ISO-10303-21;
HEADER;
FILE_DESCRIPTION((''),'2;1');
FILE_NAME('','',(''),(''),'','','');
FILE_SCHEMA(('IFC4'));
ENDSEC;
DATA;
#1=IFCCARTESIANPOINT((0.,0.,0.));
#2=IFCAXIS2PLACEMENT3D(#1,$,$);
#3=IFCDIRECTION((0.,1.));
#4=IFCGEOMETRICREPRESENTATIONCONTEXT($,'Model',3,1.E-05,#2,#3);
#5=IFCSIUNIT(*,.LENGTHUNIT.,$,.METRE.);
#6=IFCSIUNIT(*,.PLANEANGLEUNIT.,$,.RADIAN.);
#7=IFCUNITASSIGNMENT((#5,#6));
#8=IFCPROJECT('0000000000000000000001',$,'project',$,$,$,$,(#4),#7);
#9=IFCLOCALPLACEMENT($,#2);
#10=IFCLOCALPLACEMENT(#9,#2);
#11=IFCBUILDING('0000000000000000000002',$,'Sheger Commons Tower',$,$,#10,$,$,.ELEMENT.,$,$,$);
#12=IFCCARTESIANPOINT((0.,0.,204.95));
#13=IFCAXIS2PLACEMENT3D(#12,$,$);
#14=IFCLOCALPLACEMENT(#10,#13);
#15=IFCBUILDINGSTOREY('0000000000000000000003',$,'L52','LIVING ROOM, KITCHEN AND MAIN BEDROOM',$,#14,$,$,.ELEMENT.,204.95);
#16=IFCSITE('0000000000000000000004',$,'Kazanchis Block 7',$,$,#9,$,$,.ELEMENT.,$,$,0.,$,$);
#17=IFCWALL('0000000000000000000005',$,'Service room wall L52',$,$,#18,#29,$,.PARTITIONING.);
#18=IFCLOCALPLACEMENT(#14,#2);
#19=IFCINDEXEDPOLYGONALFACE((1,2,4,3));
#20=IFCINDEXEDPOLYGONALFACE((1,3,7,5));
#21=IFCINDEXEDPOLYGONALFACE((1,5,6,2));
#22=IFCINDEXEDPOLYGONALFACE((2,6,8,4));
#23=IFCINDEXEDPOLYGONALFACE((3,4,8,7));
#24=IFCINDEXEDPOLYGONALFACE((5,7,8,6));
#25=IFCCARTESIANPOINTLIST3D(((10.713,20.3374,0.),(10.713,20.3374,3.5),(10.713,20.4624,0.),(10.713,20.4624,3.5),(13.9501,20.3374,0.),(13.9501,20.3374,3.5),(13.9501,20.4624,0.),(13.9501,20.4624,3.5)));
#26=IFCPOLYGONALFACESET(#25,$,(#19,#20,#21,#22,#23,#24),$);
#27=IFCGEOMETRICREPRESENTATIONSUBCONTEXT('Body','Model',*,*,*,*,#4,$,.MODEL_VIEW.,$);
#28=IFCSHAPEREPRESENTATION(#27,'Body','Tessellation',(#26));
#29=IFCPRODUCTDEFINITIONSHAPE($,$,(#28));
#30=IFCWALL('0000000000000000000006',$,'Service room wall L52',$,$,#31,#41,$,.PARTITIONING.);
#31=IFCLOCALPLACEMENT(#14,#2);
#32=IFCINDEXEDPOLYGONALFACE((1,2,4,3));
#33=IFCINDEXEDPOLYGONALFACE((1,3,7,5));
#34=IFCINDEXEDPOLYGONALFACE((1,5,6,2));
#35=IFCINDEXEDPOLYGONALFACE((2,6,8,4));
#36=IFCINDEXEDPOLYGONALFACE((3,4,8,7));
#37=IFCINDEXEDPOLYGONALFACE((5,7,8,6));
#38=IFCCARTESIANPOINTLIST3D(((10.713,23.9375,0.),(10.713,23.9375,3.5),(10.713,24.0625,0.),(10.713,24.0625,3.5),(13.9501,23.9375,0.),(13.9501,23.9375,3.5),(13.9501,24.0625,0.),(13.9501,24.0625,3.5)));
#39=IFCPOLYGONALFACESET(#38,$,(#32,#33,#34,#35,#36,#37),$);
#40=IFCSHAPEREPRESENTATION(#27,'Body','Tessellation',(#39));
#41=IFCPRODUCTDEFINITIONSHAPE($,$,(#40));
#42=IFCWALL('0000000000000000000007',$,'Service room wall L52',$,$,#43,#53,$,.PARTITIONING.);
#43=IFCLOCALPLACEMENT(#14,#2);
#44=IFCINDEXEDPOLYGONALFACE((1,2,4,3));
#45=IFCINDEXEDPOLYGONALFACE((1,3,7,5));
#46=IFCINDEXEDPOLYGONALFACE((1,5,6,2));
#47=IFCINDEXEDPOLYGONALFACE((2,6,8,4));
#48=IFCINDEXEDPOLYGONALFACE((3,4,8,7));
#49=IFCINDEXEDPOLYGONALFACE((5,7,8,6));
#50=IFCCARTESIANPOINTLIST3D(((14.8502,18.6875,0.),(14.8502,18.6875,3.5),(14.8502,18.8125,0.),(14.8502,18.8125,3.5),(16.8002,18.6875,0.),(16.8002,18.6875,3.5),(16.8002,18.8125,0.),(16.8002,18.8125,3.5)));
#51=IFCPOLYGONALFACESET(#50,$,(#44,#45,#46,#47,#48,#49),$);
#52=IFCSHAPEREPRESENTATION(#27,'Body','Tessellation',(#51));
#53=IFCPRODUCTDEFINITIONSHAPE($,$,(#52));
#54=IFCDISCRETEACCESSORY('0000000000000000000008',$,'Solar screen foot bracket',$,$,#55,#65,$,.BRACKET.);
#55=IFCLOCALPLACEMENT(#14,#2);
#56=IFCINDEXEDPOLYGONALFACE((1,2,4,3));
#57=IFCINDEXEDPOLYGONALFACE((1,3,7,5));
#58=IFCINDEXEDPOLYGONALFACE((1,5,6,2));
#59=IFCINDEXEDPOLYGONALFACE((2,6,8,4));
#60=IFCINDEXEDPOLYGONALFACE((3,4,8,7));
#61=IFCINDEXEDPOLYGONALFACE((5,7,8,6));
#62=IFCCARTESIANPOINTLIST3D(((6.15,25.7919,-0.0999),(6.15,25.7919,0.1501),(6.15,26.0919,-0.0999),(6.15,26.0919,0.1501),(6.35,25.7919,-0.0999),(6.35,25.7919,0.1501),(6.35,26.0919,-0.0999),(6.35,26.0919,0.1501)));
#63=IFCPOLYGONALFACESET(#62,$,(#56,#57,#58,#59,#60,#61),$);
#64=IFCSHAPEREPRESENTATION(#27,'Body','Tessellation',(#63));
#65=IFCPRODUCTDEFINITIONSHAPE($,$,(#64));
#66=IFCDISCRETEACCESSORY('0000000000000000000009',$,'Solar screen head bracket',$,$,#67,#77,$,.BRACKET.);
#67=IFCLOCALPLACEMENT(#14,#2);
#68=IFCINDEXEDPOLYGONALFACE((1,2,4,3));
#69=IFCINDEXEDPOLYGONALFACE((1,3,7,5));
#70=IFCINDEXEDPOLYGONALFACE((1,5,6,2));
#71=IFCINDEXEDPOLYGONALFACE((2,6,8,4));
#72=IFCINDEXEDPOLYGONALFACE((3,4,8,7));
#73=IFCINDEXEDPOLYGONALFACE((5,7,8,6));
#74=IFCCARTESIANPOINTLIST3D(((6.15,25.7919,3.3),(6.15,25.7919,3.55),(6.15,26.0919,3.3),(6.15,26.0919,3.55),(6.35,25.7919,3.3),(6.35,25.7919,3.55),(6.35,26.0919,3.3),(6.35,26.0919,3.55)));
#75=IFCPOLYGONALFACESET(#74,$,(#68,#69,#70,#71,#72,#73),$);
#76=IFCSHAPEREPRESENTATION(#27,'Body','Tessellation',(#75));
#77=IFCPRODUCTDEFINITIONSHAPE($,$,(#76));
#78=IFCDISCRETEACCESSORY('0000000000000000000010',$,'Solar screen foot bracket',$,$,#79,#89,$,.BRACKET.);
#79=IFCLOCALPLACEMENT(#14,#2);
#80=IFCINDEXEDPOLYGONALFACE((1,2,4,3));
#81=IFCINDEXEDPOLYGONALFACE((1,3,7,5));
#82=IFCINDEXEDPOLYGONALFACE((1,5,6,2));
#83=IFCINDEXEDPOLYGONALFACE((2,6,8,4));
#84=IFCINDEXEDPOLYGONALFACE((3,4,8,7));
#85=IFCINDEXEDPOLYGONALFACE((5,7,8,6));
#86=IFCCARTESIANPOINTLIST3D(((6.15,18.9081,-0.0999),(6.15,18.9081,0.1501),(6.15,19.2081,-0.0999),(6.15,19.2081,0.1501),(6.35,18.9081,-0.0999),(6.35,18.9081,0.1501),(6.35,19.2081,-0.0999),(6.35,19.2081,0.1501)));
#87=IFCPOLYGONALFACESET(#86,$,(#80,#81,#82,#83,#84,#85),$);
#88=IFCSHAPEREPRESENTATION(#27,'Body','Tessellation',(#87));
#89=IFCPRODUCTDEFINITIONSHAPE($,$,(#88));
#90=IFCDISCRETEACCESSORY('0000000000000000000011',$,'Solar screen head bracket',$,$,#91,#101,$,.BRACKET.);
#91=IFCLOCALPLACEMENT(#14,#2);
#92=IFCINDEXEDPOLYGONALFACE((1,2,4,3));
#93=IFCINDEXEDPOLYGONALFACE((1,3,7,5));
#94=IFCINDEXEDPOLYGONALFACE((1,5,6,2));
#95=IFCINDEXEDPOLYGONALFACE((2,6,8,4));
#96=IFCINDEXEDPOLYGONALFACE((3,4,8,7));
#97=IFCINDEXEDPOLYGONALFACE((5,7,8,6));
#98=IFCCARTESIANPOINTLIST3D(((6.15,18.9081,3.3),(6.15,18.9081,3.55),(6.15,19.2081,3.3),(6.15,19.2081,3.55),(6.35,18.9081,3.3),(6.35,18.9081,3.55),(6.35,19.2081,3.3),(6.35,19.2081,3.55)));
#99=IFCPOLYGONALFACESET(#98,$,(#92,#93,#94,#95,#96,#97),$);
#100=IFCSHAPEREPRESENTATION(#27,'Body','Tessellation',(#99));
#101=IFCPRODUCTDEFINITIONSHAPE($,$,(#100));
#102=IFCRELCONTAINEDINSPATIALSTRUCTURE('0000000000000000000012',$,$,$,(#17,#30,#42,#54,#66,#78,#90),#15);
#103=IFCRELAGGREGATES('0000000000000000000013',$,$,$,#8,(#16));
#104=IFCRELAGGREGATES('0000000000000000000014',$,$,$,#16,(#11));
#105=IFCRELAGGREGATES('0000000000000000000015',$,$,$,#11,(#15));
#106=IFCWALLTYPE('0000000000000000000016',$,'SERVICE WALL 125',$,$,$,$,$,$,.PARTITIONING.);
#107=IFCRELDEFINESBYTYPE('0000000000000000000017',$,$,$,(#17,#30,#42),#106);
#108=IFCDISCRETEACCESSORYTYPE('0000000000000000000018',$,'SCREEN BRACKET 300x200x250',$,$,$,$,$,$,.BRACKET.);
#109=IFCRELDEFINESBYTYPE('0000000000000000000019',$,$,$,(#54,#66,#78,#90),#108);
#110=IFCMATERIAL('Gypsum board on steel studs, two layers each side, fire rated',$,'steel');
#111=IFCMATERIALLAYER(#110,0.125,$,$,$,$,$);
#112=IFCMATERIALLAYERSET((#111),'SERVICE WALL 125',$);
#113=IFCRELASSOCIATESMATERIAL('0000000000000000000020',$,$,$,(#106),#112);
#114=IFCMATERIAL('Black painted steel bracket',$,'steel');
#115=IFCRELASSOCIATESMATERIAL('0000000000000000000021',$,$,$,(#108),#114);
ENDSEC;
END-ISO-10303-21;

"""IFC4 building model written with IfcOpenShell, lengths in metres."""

from ifc_helpers import new_model, si_unit, direction, frame, frame_2d, origin, origin_2d, place, context, subcontext, project, spatial, rectangle, extrude, material, layer, layer_set, type_object, element, save


model = new_model("IFC4")

# Units and contexts
model_context = context("Model", 3, precision=1e-05, world=origin(), true_north=direction((0.0, 1.0)))
body_context = subcontext(model_context, "Body", "Model", "MODEL_VIEW")
ifc_project = project(units=[si_unit("LENGTHUNIT", "METRE"), si_unit("PLANEANGLEUNIT", "RADIAN")], contexts=[model_context])

# Site, building, storey
site_placement = place(None, origin())
site = spatial("IfcSite", under=ifc_project, at=site_placement, Name="Kazanchis Block 7", CompositionType="ELEMENT", RefElevation=0.0)
building_placement = place(site_placement, origin())
building = spatial("IfcBuilding", under=site, at=building_placement, Name="Sheger Commons Tower", CompositionType="ELEMENT")
storey_placement = place(building_placement, frame((0.0, 0.0, 204.95)))
storey = spatial("IfcBuildingStorey", under=building, at=storey_placement, Name="L52", Description="LIVING ROOM, KITCHEN AND MAIN BEDROOM", CompositionType="ELEMENT", Elevation=204.95)

# Walls
ifc_material_1 = material(Name="Gypsum board on steel studs, two layers each side, fire rated", Category="steel")
ifc_layer_1 = layer(ifc_material_1, 0.125)
ifc_layer_set_1 = layer_set([ifc_layer_1], Name="SERVICE WALL 125")
wall_type_1 = type_object("IfcWallType", Name="SERVICE WALL 125", PredefinedType="PARTITIONING", material=ifc_layer_set_1)
for number, where, z_axis, x_axis, name in (
    (1, (10.7129, 20.3999, 0.0), (0.0, 0.0, 1.0), (1.0, 0.0, 0.0), "Service room wall L52"),
    (2, (10.7129, 24.0, 0.0), (0.0, 0.0, 1.0), (1.0, 0.0, 0.0), "Service room wall L52"),
):
    element("IfcWall", number, at=place(storey_placement, frame(where, z_axis=z_axis, x_axis=x_axis)), inside=storey, type_object=wall_type_1, Name=name, PredefinedType="PARTITIONING", context=body_context, shape_type="SweptSolid", body=[
        extrude(rectangle(XDim=3.2371, YDim=0.125, at=frame_2d((1.6187, 0.0))), origin(), (0.0, 0.0, 1.0), 3.5),
    ])
wall_1_placement = place(storey_placement, frame((14.8501, 18.75, 0.0), z_axis=(0.0, 0.0, 1.0), x_axis=(1.0, 0.0, 0.0)))
element("IfcWall", 3, at=wall_1_placement, inside=storey, type_object=wall_type_1, Name="Service room wall L52", PredefinedType="PARTITIONING", context=body_context, shape_type="SweptSolid", body=[
    extrude(rectangle(XDim=1.95, YDim=0.125, at=frame_2d((0.9751, 0.0))), origin(), (0.0, 0.0, 1.0), 3.5),
])

# Discrete accessories
ifc_material_2 = material(Name="Black painted steel bracket", Category="steel")
discrete_accessory_type = type_object("IfcDiscreteAccessoryType", Name="SCREEN BRACKET 300x200x250", PredefinedType="BRACKET", material=ifc_material_2)
for number, where, z_axis, x_axis, name in (
    (4, (6.25, 25.9419, -0.0999), (0.0, 0.0, 1.0), (0.0, -1.0, 0.0), "Solar screen foot bracket"),
    (5, (6.25, 25.9419, 3.3), (0.0, 0.0, 1.0), (0.0, -1.0, 0.0), "Solar screen head bracket"),
    (6, (6.25, 19.0581, -0.0999), (0.0, 0.0, 1.0), (0.0, -1.0, 0.0), "Solar screen foot bracket"),
    (7, (6.25, 19.0581, 3.3), (0.0, 0.0, 1.0), (0.0, -1.0, 0.0), "Solar screen head bracket"),
):
    element("IfcDiscreteAccessory", number, at=place(storey_placement, frame(where, z_axis=z_axis, x_axis=x_axis)), inside=storey, type_object=discrete_accessory_type, Name=name, PredefinedType="BRACKET", context=body_context, shape_type="SweptSolid", body=[
        extrude(rectangle(XDim=0.3, YDim=0.2, at=origin_2d()), origin(), (0.0, 0.0, 1.0), 0.25),
    ])

save(model, "model.ifc")
